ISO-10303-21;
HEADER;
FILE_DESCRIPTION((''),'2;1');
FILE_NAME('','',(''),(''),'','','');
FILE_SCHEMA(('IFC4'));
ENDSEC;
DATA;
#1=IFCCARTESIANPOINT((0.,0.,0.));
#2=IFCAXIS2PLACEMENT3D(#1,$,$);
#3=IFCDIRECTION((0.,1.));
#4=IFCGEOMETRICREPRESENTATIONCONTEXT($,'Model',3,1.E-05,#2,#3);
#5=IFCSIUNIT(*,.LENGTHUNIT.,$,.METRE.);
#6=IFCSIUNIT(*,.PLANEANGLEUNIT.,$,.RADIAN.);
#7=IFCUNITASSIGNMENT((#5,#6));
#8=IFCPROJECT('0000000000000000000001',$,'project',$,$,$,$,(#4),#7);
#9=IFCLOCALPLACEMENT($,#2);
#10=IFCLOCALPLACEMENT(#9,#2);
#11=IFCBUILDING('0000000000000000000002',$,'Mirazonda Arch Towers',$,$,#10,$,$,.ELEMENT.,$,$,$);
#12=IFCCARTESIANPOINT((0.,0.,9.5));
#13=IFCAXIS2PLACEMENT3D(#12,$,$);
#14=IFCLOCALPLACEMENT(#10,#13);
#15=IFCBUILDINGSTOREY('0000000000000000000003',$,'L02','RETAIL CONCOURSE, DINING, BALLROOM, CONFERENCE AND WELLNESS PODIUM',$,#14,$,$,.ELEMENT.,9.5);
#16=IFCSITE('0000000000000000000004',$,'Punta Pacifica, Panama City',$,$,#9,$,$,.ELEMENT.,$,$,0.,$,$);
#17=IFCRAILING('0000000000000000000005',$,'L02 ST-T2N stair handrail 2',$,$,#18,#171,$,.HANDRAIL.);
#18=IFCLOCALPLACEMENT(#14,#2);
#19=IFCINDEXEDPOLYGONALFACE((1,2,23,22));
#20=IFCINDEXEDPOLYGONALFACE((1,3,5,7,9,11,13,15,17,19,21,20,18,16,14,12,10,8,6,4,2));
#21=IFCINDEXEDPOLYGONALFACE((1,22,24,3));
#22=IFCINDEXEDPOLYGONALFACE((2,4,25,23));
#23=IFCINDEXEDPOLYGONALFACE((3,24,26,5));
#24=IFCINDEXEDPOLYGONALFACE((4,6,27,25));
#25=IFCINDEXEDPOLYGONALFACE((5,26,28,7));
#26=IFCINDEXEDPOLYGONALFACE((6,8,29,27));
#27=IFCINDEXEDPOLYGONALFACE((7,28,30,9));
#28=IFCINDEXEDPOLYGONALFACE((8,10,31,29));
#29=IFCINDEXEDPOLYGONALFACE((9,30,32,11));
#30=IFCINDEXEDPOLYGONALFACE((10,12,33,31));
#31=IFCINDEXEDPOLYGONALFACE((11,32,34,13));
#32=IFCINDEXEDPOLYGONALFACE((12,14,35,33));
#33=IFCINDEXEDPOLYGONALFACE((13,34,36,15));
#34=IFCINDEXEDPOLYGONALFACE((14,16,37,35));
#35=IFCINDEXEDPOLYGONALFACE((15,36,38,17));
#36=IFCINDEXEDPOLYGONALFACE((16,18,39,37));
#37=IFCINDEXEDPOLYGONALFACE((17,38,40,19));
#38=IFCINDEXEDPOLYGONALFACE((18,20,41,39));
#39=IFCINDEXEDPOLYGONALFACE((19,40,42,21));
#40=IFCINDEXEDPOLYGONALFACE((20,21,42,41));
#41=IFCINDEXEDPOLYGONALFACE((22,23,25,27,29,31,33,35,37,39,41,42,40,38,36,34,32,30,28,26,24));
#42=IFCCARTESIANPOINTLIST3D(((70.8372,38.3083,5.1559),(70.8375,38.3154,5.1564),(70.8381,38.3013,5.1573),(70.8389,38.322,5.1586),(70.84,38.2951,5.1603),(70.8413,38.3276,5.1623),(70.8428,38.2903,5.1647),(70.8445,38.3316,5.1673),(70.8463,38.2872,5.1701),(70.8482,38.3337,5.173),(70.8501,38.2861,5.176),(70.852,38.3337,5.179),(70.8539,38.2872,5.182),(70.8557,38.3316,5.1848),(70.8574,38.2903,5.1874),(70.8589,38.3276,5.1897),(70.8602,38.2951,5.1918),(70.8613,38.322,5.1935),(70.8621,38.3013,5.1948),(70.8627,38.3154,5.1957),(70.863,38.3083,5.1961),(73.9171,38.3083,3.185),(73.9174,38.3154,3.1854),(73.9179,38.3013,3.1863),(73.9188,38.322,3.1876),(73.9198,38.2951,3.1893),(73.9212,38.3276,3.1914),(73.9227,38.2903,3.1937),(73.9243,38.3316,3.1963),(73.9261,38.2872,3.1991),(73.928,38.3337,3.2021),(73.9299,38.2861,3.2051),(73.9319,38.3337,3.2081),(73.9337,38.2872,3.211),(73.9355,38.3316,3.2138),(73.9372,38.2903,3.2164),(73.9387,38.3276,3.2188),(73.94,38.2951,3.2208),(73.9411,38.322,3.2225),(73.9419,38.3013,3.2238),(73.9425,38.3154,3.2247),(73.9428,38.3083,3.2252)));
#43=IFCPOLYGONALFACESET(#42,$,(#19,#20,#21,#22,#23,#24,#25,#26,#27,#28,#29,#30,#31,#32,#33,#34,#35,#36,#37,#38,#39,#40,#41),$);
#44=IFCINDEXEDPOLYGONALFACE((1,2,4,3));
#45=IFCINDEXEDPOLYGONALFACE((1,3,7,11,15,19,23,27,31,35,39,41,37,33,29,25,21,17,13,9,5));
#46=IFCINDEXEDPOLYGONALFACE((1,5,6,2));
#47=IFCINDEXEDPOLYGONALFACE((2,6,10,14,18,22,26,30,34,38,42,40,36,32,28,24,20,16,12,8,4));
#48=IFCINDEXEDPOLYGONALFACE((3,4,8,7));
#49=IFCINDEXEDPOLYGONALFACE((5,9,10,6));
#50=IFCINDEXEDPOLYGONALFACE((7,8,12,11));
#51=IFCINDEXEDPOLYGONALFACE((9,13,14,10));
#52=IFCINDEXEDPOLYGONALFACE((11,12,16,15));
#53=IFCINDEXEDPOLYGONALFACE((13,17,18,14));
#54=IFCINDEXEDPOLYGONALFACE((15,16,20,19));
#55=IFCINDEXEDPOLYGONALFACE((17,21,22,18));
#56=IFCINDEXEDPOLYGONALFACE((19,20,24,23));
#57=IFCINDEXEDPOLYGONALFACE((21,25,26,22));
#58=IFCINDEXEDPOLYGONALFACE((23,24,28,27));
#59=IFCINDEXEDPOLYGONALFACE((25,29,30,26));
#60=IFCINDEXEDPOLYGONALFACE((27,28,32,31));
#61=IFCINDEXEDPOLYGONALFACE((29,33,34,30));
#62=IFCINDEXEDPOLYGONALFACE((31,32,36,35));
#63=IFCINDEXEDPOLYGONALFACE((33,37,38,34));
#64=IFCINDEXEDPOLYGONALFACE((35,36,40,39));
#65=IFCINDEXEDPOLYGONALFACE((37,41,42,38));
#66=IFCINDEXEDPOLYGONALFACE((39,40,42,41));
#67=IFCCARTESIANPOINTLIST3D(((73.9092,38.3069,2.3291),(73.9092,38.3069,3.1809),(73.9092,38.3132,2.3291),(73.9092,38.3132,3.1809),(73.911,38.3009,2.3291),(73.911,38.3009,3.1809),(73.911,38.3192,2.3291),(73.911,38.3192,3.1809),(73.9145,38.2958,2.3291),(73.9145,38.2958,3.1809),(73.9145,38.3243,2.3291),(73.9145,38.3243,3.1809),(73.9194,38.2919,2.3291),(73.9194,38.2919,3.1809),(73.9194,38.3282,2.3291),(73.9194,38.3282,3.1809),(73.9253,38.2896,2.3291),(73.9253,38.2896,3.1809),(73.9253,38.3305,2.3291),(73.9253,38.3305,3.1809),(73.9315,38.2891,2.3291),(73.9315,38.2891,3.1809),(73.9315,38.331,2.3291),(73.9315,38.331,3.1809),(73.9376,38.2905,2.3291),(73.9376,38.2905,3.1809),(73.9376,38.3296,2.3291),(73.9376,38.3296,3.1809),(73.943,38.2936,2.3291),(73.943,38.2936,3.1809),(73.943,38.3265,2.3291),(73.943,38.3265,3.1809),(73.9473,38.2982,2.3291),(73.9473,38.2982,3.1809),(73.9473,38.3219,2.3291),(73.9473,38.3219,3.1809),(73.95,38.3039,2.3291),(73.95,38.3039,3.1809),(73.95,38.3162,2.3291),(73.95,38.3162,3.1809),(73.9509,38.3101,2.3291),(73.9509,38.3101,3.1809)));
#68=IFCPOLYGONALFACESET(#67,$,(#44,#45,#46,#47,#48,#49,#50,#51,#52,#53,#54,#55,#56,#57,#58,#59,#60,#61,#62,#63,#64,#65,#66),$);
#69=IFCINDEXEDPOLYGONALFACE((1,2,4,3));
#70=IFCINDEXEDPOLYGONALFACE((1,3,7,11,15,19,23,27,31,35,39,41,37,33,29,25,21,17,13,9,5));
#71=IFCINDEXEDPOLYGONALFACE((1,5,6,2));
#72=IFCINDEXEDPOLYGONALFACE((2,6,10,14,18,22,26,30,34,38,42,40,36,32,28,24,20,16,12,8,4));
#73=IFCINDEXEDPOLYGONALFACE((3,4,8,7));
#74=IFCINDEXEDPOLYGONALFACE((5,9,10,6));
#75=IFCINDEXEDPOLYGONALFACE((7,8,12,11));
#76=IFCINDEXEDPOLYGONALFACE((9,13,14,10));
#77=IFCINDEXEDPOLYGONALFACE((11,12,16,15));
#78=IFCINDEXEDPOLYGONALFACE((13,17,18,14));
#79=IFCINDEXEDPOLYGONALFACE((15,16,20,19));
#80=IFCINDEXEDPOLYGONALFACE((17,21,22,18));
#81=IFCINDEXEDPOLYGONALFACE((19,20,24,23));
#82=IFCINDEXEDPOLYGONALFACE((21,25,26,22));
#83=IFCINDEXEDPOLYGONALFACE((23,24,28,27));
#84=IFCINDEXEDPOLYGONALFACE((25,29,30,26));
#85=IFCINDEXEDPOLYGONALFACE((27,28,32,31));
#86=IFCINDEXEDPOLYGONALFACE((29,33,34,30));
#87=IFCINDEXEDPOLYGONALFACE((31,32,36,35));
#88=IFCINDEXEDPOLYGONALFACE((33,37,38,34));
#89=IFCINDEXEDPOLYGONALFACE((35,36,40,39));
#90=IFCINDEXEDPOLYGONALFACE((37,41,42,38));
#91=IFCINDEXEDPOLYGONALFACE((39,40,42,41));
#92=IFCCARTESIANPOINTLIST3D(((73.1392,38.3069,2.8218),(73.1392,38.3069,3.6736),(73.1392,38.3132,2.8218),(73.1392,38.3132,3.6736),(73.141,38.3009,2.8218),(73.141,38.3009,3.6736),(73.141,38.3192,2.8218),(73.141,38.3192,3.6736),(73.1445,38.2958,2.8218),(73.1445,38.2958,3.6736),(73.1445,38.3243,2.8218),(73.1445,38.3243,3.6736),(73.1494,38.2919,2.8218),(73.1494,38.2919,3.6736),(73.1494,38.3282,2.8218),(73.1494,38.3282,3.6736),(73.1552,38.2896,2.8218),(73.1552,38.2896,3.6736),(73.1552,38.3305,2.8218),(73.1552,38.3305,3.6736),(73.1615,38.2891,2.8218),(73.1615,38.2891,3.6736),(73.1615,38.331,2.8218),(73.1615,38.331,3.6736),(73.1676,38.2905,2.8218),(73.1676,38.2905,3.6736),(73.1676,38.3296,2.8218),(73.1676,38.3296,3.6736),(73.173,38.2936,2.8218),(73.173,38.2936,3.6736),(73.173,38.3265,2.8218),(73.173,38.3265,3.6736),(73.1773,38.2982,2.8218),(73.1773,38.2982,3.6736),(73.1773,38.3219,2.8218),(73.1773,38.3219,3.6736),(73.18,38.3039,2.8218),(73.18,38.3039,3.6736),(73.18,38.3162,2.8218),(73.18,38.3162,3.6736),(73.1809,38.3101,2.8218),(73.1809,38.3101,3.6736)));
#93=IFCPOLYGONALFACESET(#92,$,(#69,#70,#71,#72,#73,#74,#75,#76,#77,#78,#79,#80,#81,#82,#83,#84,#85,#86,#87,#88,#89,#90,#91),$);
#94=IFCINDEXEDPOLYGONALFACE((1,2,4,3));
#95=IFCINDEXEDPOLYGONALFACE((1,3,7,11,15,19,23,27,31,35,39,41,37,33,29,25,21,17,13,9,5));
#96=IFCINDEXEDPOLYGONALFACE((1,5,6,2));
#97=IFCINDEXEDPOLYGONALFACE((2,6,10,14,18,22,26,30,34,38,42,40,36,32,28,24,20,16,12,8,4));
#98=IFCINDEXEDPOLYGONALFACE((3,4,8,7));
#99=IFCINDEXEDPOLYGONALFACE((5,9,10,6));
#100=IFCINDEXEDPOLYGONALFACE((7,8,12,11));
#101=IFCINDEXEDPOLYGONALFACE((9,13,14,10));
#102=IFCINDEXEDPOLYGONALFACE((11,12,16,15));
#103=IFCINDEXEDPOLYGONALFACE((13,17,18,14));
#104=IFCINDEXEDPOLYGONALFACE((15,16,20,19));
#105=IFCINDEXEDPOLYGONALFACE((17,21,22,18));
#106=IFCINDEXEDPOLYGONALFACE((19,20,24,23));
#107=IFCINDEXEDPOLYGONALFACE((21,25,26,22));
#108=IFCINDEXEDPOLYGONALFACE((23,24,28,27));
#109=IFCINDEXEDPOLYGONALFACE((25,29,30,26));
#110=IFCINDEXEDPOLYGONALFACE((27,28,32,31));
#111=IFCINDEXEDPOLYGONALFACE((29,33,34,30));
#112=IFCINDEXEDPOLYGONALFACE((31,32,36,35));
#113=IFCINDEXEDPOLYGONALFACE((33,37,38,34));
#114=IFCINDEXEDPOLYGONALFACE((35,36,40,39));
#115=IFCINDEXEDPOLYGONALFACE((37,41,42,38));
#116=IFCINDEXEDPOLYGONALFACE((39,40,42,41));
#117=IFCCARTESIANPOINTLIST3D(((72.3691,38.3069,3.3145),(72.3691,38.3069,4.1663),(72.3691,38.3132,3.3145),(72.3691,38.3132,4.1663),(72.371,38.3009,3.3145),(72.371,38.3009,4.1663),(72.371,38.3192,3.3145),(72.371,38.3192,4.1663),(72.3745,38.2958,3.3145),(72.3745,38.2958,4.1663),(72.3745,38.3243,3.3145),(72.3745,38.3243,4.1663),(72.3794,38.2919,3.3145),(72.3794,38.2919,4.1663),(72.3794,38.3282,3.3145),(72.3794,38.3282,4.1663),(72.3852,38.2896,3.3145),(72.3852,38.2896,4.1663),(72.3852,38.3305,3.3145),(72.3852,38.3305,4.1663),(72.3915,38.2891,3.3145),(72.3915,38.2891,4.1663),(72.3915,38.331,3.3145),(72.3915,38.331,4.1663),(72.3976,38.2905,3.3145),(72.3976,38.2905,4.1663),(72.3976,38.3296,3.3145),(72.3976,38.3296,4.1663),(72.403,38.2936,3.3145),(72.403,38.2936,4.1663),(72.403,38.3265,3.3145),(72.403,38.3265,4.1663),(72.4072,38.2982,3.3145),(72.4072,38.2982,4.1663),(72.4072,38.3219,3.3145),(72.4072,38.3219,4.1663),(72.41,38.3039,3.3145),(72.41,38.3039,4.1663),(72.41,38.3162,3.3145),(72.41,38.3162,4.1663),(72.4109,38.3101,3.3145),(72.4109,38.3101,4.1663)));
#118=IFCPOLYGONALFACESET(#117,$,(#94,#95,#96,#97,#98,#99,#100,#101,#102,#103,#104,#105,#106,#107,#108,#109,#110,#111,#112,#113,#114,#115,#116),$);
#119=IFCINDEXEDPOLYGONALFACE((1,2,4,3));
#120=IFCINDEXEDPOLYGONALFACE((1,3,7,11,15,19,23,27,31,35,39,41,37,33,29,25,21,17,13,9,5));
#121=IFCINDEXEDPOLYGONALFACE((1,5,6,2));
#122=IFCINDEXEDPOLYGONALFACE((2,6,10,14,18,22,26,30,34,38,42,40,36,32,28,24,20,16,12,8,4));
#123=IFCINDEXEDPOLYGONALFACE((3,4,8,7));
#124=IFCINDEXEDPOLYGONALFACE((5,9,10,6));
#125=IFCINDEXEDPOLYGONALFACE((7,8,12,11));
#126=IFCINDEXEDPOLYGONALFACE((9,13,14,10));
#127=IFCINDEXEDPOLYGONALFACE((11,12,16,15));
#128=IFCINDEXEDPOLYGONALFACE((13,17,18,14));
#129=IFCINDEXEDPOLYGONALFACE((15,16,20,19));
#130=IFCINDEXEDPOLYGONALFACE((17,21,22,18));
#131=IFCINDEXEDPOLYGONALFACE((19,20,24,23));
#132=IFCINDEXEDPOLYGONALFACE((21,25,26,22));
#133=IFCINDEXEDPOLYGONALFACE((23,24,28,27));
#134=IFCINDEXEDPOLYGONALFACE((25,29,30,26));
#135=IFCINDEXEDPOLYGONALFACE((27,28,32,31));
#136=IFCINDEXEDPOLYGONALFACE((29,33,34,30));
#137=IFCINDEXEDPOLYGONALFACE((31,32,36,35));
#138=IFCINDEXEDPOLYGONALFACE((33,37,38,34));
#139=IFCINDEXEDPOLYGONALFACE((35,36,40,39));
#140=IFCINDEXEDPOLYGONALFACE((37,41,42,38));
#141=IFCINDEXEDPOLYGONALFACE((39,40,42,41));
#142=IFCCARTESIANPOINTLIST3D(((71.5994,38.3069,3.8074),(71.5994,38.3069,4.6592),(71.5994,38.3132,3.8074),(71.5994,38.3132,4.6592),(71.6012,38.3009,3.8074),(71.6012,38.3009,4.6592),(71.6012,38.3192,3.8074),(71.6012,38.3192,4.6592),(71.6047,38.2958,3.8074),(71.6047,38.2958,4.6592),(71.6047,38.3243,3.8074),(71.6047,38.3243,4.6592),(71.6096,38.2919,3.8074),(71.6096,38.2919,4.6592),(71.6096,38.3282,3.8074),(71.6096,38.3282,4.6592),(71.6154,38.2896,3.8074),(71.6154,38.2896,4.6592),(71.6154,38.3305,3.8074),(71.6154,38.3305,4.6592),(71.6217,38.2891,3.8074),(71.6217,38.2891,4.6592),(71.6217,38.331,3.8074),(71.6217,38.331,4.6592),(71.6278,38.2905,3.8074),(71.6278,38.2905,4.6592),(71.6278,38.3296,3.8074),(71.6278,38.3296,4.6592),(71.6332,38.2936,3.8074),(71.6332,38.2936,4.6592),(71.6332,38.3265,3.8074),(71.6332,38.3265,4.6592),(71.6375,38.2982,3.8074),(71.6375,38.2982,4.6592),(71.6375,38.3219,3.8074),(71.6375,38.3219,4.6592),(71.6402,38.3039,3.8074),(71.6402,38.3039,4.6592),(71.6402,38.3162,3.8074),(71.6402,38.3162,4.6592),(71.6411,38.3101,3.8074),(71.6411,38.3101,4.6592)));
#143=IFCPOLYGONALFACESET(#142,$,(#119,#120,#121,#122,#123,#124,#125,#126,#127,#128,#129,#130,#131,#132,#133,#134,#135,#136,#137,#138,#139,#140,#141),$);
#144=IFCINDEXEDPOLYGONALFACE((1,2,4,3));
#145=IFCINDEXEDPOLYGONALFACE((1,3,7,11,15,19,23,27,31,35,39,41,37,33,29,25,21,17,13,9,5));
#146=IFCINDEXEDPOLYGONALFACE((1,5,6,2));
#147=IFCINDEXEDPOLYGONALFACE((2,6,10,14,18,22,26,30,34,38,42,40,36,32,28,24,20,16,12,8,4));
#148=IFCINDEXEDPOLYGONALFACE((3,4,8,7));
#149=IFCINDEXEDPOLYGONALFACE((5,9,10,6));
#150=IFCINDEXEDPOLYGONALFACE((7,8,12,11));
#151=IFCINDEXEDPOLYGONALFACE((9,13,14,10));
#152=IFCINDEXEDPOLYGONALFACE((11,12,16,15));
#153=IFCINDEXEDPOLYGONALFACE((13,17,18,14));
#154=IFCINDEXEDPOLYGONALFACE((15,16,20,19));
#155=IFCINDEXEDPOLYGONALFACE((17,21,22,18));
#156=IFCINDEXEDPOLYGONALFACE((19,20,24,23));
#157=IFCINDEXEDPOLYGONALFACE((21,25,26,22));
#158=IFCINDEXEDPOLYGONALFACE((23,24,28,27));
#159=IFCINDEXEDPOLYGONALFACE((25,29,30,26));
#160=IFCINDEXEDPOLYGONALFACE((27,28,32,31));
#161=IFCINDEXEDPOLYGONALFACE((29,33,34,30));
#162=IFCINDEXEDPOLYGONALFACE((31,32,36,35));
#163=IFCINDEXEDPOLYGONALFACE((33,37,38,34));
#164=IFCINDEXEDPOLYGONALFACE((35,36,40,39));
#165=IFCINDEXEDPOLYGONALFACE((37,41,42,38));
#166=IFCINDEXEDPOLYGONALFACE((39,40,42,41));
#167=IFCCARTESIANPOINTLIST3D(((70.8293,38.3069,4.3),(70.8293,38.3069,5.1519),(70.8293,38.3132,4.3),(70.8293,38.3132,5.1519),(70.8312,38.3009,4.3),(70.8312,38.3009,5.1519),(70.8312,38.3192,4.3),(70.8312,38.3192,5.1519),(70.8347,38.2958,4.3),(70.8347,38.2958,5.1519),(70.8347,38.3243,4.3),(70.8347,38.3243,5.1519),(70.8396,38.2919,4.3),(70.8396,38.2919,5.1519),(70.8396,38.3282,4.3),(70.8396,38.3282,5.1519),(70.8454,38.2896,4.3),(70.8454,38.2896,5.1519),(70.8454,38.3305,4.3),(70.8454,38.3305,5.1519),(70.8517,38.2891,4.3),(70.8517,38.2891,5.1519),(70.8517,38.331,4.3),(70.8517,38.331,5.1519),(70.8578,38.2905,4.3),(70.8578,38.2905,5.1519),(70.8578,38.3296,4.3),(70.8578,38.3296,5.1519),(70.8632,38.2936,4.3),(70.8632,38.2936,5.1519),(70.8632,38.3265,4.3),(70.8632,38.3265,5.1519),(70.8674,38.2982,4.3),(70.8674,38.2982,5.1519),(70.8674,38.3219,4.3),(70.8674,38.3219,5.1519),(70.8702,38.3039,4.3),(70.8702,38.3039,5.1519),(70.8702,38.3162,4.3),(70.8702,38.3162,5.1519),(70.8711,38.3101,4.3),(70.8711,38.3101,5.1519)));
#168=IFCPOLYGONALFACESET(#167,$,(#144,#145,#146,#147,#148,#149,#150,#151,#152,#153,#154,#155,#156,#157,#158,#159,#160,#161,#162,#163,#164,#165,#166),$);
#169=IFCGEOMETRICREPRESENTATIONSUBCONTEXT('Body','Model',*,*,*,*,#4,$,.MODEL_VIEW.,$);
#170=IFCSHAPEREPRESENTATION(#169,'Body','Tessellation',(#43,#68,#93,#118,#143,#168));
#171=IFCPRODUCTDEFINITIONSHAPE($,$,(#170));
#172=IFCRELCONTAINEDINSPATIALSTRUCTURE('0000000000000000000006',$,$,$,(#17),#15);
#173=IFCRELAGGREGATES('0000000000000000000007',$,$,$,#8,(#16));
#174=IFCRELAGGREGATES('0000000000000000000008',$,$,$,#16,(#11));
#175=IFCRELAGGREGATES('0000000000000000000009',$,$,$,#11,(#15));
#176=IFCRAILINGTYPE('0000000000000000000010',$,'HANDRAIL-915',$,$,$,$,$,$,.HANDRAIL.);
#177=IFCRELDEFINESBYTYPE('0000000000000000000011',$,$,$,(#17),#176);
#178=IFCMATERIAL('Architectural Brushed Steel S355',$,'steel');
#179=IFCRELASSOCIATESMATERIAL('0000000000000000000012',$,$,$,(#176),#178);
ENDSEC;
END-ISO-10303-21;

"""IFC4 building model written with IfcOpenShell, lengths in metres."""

from ifc_helpers import new_model, si_unit, direction, frame, origin, origin_2d, place, context, subcontext, project, spatial, circle, extrude, material, type_object, element, save


model = new_model("IFC4")

# Units and contexts
model_context = context("Model", 3, precision=1e-05, world=origin(), true_north=direction((0.0, 1.0)))
body_context = subcontext(model_context, "Body", "Model", "MODEL_VIEW")
ifc_project = project(units=[si_unit("LENGTHUNIT", "METRE"), si_unit("PLANEANGLEUNIT", "RADIAN")], contexts=[model_context])

# Site, building, storey
site_placement = place(None, origin())
site = spatial("IfcSite", under=ifc_project, at=site_placement, Name="Punta Pacifica, Panama City", CompositionType="ELEMENT", RefElevation=0.0)
building_placement = place(site_placement, origin())
building = spatial("IfcBuilding", under=site, at=building_placement, Name="Mirazonda Arch Towers", CompositionType="ELEMENT")
storey_placement = place(building_placement, frame((0.0, 0.0, 9.5)))
storey = spatial("IfcBuildingStorey", under=building, at=storey_placement, Name="L02", Description="RETAIL CONCOURSE, DINING, BALLROOM, CONFERENCE AND WELLNESS PODIUM", CompositionType="ELEMENT", Elevation=9.5)

# Railing
ifc_material_1 = material(Name="Architectural Brushed Steel S355", Category="steel")
railing_type = type_object("IfcRailingType", Name="HANDRAIL-915", PredefinedType="HANDRAIL", material=ifc_material_1)
railing_placement = place(storey_placement, frame((73.9299, 38.3101, 2.3291)))
element("IfcRailing", 1, at=railing_placement, inside=storey, type_object=railing_type, Name="L02 ST-T2N stair handrail 2", PredefinedType="HANDRAIL", context=body_context, shape_type="SweptSolid", body=[
    extrude(circle(Radius=0.0239, at=origin_2d()), frame((0.0, 0.0, 0.876), z_axis=(-0.84229, 0.0, 0.539025), x_axis=(0.0, -1.0, 0.0)), (0.0, 0.0, 1.0), 3.6565),
    extrude(circle(Radius=0.021, at=origin_2d()), origin(), (0.0, 0.0, 1.0), 0.8518),
    extrude(circle(Radius=0.021, at=origin_2d()), frame((-0.77, 0.0, 0.4927)), (0.0, 0.0, 1.0), 0.8518),
    extrude(circle(Radius=0.021, at=origin_2d()), frame((-1.54, 0.0, 0.9854)), (0.0, 0.0, 1.0), 0.8518),
    extrude(circle(Radius=0.021, at=origin_2d()), frame((-2.3098, 0.0, 1.4783)), (0.0, 0.0, 1.0), 0.8518),
    extrude(circle(Radius=0.021, at=origin_2d()), frame((-3.0798, 0.0, 1.9709)), (0.0, 0.0, 1.0), 0.8518),
])

save(model, "model.ifc")
